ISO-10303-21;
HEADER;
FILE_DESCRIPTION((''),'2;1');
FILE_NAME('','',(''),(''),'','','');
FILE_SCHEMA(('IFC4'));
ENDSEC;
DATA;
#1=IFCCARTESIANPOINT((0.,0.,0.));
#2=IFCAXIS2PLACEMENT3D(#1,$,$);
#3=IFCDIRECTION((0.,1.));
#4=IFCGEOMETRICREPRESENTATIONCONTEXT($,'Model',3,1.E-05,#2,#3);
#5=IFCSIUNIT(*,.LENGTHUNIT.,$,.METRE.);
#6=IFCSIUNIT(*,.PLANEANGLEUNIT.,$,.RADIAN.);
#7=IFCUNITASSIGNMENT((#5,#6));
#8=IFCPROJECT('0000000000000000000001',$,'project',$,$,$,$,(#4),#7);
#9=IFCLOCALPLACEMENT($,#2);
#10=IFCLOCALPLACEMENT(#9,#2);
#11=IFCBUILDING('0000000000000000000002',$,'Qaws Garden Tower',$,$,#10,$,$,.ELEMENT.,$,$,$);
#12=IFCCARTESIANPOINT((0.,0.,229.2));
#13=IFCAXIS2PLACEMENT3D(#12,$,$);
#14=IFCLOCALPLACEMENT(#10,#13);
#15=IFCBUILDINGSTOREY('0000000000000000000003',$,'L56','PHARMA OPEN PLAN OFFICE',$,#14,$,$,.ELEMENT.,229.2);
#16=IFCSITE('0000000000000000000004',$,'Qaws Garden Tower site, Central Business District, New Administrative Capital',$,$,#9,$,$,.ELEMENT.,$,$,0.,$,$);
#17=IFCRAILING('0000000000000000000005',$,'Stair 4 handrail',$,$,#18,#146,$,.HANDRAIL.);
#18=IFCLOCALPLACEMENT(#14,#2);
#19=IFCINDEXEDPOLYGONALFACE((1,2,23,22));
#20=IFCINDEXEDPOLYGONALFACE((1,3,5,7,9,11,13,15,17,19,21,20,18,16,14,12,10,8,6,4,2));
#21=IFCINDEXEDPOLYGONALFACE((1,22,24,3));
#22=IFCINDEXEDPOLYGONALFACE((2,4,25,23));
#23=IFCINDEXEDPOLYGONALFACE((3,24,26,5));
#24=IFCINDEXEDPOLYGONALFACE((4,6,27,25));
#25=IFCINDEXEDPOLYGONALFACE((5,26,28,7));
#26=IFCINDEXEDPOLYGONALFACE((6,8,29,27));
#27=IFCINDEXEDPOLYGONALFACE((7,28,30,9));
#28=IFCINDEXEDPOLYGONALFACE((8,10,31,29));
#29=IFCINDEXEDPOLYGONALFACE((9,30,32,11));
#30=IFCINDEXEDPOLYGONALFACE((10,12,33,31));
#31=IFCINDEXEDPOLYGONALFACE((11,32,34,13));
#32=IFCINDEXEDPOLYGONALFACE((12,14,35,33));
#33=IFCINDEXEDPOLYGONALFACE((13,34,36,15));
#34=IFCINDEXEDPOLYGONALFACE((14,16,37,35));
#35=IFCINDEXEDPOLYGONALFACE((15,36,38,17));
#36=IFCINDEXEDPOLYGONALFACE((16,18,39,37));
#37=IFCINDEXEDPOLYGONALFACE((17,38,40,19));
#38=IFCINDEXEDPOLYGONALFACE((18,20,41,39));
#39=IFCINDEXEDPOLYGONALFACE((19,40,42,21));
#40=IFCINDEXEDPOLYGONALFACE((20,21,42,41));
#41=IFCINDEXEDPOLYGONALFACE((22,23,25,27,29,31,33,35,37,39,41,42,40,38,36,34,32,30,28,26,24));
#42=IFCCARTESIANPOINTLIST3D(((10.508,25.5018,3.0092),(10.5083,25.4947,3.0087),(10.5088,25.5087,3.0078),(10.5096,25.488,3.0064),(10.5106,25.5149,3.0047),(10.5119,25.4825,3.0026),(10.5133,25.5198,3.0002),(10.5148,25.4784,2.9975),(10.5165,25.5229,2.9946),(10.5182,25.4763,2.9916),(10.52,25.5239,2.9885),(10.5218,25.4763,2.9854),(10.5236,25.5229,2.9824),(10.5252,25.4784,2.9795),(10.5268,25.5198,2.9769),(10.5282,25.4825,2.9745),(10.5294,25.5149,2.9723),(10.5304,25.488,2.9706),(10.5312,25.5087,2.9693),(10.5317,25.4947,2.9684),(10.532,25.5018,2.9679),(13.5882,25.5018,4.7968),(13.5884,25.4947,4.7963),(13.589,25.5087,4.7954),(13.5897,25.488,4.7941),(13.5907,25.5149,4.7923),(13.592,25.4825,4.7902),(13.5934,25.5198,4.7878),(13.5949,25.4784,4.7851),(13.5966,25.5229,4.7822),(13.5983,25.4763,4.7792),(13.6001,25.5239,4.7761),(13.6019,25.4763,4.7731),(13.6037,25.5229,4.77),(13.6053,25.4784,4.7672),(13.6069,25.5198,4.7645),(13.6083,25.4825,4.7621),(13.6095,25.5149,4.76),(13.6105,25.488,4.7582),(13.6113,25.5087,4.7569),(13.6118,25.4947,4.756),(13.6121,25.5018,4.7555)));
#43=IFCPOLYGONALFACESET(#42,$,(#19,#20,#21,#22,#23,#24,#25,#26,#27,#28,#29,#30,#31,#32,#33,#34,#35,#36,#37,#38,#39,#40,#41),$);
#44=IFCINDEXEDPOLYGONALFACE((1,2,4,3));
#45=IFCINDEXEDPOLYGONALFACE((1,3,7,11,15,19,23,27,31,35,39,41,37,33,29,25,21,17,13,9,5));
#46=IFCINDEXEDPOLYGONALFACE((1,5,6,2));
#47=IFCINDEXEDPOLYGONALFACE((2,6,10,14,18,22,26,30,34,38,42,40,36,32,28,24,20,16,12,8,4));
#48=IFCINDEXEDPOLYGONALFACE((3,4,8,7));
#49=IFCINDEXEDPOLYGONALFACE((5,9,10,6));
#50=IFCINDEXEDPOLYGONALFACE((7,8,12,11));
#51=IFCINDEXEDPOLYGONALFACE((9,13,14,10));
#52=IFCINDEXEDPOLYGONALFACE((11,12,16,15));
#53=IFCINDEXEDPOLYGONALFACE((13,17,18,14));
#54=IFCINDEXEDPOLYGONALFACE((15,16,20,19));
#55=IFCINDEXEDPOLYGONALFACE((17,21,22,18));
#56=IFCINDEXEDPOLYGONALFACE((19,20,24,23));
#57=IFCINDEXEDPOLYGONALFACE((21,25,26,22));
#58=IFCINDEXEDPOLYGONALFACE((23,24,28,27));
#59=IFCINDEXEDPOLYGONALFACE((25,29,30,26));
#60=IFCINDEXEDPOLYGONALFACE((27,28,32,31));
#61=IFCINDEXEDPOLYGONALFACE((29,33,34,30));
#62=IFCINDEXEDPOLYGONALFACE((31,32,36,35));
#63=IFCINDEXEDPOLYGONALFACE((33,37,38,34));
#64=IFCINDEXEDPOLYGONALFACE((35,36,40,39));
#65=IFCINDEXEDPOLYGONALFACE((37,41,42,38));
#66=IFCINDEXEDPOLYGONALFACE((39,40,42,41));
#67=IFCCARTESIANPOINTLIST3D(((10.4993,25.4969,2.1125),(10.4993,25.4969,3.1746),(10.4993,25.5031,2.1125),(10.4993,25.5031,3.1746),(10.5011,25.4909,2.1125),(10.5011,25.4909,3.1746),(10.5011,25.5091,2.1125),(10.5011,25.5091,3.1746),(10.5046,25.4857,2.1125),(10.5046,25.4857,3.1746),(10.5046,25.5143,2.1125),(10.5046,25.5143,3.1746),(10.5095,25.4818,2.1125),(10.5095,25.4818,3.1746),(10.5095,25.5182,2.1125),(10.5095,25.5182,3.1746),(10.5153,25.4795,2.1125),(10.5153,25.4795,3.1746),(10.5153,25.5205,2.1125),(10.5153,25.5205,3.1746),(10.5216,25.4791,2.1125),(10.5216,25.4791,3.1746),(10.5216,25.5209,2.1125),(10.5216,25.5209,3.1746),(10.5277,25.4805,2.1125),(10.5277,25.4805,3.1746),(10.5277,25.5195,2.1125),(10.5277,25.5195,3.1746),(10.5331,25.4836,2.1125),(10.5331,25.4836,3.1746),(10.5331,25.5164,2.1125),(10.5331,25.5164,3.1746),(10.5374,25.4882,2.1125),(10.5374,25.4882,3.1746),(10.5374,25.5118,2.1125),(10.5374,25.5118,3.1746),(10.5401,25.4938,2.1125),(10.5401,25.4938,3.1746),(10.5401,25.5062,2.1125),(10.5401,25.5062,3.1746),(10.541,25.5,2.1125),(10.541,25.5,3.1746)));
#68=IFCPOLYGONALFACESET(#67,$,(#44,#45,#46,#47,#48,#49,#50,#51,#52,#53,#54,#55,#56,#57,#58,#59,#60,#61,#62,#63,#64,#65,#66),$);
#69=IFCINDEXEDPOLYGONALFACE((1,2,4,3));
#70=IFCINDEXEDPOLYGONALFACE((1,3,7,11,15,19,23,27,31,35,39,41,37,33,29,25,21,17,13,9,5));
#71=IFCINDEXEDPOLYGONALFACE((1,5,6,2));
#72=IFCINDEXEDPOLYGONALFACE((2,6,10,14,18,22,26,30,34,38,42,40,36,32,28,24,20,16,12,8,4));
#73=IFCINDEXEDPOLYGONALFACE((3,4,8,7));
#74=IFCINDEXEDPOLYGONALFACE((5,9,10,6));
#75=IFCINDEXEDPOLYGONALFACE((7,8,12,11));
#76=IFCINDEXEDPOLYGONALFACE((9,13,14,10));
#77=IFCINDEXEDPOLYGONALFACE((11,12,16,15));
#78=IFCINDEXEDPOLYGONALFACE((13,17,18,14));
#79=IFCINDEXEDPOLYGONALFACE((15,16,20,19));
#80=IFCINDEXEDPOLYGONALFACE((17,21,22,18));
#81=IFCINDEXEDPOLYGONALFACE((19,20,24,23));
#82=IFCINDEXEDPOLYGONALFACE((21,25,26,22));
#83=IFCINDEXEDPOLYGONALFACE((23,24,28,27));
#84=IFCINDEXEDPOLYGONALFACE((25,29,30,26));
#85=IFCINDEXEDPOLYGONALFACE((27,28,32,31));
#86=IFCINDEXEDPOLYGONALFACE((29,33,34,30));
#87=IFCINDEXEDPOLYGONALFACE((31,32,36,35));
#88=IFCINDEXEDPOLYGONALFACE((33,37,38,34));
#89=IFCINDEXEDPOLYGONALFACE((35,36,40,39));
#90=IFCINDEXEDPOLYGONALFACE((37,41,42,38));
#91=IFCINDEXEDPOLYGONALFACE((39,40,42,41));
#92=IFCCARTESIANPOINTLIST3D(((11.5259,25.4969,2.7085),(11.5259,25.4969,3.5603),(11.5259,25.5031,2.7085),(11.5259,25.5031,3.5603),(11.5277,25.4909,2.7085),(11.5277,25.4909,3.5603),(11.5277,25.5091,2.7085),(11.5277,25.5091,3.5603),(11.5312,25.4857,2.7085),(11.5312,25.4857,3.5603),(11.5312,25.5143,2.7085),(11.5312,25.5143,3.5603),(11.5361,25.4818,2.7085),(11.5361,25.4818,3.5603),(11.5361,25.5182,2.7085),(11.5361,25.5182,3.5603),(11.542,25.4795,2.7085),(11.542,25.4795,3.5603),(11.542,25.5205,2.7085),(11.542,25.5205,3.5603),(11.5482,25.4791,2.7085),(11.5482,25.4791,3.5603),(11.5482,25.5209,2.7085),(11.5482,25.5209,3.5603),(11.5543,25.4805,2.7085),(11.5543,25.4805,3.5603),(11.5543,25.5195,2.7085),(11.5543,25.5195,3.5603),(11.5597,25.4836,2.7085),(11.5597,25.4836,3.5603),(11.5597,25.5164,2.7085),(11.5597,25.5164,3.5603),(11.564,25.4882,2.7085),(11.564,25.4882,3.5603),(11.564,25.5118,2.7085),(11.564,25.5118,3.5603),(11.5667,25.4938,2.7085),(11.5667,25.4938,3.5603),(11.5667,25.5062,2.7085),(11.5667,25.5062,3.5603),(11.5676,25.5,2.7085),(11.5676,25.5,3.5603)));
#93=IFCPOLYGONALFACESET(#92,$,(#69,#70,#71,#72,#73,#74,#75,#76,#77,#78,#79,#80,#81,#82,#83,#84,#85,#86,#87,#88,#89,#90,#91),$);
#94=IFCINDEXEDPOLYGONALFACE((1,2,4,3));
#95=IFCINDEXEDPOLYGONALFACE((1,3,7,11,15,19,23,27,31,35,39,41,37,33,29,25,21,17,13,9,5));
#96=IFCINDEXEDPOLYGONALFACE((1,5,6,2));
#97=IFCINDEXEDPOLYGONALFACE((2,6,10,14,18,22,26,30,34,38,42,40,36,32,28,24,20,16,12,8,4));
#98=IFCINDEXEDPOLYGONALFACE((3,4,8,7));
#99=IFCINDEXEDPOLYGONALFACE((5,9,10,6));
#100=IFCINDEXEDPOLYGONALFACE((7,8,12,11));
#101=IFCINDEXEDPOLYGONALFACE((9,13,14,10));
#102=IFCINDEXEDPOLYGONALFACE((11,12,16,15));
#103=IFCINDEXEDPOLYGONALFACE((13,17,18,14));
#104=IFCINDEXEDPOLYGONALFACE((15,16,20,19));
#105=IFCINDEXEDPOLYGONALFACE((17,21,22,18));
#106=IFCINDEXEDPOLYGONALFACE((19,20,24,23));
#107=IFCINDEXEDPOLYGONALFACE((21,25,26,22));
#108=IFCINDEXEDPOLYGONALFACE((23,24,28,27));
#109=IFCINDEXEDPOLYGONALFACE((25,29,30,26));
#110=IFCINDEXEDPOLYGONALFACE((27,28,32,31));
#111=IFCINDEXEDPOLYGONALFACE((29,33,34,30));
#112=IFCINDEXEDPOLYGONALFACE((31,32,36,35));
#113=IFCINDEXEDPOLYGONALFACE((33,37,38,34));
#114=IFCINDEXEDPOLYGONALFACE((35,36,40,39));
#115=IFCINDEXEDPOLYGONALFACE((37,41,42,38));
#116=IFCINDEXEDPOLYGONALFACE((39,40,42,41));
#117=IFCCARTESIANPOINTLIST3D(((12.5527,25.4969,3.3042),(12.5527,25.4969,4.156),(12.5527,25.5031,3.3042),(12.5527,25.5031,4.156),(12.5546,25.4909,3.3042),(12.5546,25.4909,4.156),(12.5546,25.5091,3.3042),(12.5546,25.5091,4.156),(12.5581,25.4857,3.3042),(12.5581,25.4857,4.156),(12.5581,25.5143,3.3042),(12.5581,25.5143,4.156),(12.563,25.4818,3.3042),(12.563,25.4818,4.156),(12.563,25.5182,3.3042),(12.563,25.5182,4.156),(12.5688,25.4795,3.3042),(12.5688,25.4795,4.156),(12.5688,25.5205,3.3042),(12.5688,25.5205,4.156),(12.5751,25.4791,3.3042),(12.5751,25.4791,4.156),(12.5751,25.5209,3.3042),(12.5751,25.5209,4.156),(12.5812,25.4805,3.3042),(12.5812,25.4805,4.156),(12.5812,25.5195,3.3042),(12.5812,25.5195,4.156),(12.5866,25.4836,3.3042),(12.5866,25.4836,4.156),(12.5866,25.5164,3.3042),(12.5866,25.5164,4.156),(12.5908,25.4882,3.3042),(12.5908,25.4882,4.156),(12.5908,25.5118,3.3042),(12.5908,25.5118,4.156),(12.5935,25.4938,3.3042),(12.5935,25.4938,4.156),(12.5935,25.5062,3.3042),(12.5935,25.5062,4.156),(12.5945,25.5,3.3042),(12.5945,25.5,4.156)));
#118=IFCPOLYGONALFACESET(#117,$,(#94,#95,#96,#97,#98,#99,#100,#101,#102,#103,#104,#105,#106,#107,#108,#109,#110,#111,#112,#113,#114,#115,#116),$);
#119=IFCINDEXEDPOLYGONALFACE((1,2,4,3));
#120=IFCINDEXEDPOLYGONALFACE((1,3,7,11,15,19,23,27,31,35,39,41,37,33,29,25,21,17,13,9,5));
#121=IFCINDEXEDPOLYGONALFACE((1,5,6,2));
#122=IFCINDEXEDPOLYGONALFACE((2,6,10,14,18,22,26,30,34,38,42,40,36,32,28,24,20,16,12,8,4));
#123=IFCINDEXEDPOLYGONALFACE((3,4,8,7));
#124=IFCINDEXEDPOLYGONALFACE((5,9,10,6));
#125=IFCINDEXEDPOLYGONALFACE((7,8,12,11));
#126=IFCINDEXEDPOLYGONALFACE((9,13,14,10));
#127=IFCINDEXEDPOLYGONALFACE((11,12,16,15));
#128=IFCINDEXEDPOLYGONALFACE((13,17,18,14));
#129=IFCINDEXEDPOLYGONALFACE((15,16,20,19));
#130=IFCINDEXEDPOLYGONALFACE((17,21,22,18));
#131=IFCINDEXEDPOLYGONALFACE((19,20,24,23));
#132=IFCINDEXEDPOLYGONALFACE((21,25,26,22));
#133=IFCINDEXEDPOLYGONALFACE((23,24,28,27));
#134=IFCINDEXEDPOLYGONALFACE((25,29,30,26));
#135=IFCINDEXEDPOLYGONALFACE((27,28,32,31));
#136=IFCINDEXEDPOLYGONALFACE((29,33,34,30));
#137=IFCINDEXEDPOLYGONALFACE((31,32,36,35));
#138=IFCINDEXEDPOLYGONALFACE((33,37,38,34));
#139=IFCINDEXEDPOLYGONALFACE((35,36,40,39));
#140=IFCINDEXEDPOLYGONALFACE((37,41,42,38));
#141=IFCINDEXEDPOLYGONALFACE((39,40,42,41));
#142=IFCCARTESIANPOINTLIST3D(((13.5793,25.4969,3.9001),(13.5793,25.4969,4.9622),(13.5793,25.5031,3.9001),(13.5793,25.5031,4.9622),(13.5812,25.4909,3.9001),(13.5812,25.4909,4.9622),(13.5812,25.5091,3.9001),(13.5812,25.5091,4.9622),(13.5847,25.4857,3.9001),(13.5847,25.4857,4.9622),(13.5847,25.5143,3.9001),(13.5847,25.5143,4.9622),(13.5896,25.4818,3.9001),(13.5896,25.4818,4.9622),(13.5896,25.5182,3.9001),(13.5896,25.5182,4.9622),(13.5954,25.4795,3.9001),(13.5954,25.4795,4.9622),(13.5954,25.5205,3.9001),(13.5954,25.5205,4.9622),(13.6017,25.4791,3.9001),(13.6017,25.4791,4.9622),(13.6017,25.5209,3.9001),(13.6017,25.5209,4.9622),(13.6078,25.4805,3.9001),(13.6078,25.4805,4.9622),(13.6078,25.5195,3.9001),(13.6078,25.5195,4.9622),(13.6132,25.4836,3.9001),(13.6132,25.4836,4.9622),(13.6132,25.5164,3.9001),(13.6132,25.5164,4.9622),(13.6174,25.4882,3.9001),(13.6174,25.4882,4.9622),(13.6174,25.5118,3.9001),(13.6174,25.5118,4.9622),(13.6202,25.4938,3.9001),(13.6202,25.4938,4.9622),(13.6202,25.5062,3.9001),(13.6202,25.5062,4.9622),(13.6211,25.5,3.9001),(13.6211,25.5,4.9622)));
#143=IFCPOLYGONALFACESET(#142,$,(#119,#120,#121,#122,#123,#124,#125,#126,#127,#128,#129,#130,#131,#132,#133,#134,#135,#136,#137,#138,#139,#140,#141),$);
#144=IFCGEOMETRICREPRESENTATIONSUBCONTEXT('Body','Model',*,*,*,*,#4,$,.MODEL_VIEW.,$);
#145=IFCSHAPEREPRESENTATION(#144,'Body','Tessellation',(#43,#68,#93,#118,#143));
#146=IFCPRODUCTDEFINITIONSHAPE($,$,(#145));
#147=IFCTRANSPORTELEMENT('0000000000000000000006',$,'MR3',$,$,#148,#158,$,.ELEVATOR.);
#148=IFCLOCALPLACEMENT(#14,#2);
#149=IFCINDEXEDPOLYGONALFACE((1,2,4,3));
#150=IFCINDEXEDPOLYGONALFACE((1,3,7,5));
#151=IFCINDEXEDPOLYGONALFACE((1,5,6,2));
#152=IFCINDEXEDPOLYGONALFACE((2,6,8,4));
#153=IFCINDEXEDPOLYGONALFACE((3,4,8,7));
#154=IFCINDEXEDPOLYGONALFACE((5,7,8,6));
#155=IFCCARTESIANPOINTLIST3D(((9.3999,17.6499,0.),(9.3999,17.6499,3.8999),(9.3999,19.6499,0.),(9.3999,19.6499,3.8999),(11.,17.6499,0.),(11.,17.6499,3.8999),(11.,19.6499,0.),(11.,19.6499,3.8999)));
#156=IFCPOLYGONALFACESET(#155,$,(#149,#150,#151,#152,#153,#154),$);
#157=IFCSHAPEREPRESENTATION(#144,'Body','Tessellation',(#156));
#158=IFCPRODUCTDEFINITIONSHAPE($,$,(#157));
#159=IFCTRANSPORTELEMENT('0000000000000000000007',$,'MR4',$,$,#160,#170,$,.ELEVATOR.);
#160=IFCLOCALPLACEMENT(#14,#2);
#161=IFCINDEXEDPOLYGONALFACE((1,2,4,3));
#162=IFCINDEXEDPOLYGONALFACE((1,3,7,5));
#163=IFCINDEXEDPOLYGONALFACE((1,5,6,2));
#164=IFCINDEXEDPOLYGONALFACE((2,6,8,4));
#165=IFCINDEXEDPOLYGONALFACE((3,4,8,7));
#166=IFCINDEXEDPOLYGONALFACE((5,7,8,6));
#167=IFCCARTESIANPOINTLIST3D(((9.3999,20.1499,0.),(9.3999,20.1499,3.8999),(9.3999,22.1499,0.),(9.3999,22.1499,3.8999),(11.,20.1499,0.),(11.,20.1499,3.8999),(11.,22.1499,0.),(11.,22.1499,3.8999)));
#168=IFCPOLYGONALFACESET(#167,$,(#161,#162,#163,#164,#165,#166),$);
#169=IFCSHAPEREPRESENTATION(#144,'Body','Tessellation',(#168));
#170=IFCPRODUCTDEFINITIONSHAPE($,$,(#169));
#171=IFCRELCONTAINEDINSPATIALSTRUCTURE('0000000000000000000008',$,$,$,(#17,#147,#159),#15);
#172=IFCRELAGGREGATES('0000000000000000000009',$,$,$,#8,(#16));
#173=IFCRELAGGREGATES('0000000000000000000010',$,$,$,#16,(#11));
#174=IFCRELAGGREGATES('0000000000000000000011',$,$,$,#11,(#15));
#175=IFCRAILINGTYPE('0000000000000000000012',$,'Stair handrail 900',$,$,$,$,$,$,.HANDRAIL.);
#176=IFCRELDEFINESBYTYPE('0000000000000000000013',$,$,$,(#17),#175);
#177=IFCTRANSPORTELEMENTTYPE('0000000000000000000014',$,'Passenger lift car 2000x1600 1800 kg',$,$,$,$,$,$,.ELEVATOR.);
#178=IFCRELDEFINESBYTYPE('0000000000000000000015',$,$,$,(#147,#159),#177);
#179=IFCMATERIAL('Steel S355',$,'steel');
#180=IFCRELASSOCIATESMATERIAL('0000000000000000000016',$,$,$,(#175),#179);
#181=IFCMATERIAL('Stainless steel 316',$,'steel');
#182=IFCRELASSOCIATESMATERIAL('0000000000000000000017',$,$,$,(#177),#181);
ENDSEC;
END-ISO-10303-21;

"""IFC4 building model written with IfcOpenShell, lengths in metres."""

from ifc_helpers import new_model, si_unit, direction, frame, origin, origin_2d, place, context, subcontext, project, spatial, rectangle, circle, extrude, material, type_object, element, save


model = new_model("IFC4")

# Units and contexts
model_context = context("Model", 3, precision=1e-05, world=origin(), true_north=direction((0.0, 1.0)))
body_context = subcontext(model_context, "Body", "Model", "MODEL_VIEW")
ifc_project = project(units=[si_unit("LENGTHUNIT", "METRE"), si_unit("PLANEANGLEUNIT", "RADIAN")], contexts=[model_context])

# Site, building, storey
site_placement = place(None, origin())
site = spatial("IfcSite", under=ifc_project, at=site_placement, Name="Qaws Garden Tower site, Central Business District, New Administrative Capital", CompositionType="ELEMENT", RefElevation=0.0)
building_placement = place(site_placement, origin())
building = spatial("IfcBuilding", under=site, at=building_placement, Name="Qaws Garden Tower", CompositionType="ELEMENT")
storey_placement = place(building_placement, frame((0.0, 0.0, 229.2)))
storey = spatial("IfcBuildingStorey", under=building, at=storey_placement, Name="L56", Description="PHARMA OPEN PLAN OFFICE", CompositionType="ELEMENT", Elevation=229.2)

# Railing
ifc_material_1 = material(Name="Steel S355", Category="steel")
railing_type = type_object("IfcRailingType", Name="Stair handrail 900", PredefinedType="HANDRAIL", material=ifc_material_1)
railing_1_placement = place(storey_placement, frame((10.52, 25.5, 2.1125)))
element("IfcRailing", 1, at=railing_1_placement, inside=storey, type_object=railing_type, Name="Stair 4 handrail", PredefinedType="HANDRAIL", context=body_context, shape_type="SweptSolid", body=[
    extrude(circle(Radius=0.0239, at=origin_2d()), frame((0.0, 0.0, 0.876), z_axis=(0.864891, 0.0, 0.50196), x_axis=(0.0, 1.0, 0.0)), (0.0, 0.0, 1.0), 3.5613),
    extrude(circle(Radius=0.021, at=origin_2d()), origin(), (0.0, 0.0, 1.0), 1.062),
    extrude(circle(Radius=0.021, at=origin_2d()), frame((1.0266, 0.0, 0.5959)), (0.0, 0.0, 1.0), 0.8518),
    extrude(circle(Radius=0.021, at=origin_2d()), frame((2.0535, 0.0, 1.1917)), (0.0, 0.0, 1.0), 0.8518),
    extrude(circle(Radius=0.021, at=origin_2d()), frame((3.0801, 0.0, 1.7876)), (0.0, 0.0, 1.0), 1.062),
])

# Transport elements
ifc_material_2 = material(Name="Stainless steel 316", Category="steel")
transport_element_type = type_object("IfcTransportElementType", Name="Passenger lift car 2000x1600 1800 kg", PredefinedType="ELEVATOR", material=ifc_material_2)
for number, where, z_axis, x_axis, name in (
    (2, (10.2, 18.6499, 0.0), (0.0, 0.0, 1.0), (1.0, 0.0, 0.0), "MR3"),
    (3, (10.2, 21.1499, 0.0), (0.0, 0.0, 1.0), (1.0, 0.0, 0.0), "MR4"),
):
    element("IfcTransportElement", number, at=place(storey_placement, frame(where, z_axis=z_axis, x_axis=x_axis)), inside=storey, type_object=transport_element_type, Name=name, PredefinedType="ELEVATOR", context=body_context, shape_type="SweptSolid", body=[
        extrude(rectangle(XDim=1.6001, YDim=2.0, at=origin_2d()), origin(), (0.0, 0.0, 1.0), 3.8999),
    ])

save(model, "model.ifc")
